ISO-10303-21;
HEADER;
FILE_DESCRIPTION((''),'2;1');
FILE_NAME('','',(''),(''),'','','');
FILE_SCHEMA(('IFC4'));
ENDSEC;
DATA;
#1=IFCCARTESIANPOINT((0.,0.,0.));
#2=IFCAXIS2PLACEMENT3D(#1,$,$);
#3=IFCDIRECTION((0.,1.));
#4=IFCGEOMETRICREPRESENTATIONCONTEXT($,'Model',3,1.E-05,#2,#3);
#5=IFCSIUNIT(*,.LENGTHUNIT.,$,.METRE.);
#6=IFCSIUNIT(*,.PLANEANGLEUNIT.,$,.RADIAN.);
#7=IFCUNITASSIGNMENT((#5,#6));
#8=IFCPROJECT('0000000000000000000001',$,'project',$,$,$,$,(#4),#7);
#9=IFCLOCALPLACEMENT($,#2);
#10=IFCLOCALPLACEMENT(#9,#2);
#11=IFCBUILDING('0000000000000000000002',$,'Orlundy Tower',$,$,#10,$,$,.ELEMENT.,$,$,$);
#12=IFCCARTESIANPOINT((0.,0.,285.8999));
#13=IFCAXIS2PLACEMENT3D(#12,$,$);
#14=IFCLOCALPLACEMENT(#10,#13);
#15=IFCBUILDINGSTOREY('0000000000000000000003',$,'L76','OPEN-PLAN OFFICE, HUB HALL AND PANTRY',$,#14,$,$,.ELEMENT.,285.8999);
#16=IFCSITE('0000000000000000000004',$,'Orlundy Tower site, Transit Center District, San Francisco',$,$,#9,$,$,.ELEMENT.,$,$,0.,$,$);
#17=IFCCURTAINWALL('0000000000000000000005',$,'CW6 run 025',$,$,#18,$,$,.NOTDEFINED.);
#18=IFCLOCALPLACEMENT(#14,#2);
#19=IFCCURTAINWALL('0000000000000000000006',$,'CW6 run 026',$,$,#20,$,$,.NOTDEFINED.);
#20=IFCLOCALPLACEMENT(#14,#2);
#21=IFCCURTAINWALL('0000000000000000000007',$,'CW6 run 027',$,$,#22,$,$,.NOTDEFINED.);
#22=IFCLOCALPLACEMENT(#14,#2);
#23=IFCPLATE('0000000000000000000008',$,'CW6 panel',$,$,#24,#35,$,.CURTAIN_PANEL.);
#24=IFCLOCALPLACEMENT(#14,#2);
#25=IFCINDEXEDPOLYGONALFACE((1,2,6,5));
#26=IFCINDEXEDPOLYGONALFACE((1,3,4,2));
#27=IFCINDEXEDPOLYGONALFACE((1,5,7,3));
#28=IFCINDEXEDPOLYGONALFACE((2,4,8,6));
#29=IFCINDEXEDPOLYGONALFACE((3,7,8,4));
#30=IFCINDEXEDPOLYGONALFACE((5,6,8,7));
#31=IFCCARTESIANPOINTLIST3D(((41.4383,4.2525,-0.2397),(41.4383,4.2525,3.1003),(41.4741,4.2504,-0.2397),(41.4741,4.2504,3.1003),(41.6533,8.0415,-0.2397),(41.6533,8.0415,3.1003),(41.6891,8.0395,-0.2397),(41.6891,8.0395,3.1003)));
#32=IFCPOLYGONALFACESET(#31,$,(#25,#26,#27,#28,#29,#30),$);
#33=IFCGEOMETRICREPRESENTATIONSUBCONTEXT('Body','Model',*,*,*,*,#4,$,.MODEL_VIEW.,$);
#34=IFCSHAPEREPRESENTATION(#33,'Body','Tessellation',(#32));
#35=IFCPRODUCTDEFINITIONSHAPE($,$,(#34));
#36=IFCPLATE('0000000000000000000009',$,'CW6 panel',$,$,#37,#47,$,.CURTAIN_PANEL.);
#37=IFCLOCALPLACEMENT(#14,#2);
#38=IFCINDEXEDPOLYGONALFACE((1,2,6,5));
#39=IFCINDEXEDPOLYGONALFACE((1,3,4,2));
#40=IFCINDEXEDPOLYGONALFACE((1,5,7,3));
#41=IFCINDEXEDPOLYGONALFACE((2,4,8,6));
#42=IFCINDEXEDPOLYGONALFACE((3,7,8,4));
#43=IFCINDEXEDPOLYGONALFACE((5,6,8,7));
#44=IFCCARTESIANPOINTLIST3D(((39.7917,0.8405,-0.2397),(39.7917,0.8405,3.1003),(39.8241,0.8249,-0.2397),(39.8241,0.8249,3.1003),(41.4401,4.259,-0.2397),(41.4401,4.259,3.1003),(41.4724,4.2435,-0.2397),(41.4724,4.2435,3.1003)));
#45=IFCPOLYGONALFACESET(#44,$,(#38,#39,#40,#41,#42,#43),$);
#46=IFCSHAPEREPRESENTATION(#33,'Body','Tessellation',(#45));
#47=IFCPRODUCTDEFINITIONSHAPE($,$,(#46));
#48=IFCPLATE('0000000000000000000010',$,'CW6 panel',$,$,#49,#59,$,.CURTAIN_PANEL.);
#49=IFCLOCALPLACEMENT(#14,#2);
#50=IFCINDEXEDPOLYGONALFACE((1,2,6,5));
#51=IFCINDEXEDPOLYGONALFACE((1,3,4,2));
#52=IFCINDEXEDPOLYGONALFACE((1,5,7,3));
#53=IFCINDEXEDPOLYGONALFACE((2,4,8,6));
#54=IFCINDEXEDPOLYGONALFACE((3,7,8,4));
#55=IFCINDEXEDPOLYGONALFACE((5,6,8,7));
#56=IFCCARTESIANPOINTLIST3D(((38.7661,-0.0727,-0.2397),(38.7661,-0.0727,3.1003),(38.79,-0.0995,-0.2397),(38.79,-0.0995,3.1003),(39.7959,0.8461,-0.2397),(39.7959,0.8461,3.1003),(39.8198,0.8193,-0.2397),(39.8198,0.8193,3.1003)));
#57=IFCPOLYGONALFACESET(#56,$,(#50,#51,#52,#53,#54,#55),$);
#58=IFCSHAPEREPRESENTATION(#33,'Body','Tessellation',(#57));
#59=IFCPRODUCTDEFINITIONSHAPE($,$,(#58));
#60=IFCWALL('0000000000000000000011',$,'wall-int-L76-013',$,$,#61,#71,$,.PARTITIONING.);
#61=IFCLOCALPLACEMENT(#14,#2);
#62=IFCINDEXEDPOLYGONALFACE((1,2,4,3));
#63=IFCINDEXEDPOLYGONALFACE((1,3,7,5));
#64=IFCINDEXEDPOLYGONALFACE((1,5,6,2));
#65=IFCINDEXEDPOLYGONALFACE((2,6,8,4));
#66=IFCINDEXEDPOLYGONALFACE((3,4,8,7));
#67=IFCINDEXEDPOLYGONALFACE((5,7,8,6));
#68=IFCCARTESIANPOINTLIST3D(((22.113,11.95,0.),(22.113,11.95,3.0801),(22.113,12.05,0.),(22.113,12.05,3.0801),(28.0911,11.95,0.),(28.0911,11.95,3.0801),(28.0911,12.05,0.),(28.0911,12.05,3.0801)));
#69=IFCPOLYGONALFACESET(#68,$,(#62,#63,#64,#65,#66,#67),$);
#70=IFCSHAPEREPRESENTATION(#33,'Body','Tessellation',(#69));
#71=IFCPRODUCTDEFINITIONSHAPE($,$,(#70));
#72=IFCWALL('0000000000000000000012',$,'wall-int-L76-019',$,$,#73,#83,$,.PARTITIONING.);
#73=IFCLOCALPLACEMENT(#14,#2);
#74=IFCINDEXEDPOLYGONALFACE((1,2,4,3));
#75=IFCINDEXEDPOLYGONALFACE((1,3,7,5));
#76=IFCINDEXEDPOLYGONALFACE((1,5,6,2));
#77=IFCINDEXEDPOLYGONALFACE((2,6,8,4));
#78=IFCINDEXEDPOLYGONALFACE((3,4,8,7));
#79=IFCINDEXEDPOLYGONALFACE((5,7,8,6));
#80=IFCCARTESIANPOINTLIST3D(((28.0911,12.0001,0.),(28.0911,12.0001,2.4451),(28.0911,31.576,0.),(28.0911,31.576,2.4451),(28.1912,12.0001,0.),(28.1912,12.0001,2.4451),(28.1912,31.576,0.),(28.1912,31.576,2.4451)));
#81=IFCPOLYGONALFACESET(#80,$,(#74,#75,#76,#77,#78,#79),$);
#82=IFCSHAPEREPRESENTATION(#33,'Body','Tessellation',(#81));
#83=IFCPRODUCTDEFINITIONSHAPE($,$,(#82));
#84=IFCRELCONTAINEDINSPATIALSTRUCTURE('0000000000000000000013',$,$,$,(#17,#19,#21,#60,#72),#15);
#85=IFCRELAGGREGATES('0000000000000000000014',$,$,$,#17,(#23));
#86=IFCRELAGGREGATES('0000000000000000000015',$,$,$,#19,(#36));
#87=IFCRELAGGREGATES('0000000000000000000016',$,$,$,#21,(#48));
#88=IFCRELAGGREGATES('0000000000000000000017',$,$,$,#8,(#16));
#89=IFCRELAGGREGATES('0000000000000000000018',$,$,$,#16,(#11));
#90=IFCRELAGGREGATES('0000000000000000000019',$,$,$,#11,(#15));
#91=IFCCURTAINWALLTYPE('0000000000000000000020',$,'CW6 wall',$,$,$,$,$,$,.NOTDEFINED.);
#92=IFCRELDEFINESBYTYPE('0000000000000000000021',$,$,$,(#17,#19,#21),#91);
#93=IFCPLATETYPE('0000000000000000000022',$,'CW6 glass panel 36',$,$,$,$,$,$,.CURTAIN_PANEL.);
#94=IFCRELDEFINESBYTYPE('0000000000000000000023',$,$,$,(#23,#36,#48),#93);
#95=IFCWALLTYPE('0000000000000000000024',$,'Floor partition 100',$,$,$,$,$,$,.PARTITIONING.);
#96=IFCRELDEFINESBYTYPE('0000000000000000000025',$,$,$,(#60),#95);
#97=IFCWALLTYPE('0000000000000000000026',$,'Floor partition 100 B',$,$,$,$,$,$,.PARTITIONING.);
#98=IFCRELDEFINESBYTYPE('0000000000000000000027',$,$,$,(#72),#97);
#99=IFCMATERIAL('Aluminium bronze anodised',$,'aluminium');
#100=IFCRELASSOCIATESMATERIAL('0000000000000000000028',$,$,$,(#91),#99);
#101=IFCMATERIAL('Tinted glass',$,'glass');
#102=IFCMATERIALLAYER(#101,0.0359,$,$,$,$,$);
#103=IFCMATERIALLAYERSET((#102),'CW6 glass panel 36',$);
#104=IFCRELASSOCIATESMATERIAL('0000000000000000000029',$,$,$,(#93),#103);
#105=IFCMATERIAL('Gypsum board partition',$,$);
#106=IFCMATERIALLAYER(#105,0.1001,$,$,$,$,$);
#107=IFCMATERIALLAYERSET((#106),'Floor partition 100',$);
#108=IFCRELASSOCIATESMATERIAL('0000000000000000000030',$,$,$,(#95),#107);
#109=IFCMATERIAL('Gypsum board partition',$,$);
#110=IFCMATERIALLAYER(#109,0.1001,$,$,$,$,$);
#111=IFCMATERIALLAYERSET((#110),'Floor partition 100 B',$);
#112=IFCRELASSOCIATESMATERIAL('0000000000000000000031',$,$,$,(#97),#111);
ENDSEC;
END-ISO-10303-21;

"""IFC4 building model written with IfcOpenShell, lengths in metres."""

from ifc_helpers import new_model, si_unit, direction, frame, frame_2d, origin, origin_2d, place, context, subcontext, project, spatial, rectangle, extrude, material, layer, layer_set, type_object, element, aggregate, save


model = new_model("IFC4")

# Units and contexts
model_context = context("Model", 3, precision=1e-05, world=origin(), true_north=direction((0.0, 1.0)))
body_context = subcontext(model_context, "Body", "Model", "MODEL_VIEW")
ifc_project = project(units=[si_unit("LENGTHUNIT", "METRE"), si_unit("PLANEANGLEUNIT", "RADIAN")], contexts=[model_context])

# Site, building, storey
site_placement = place(None, origin())
site = spatial("IfcSite", under=ifc_project, at=site_placement, Name="Orlundy Tower site, Transit Center District, San Francisco", CompositionType="ELEMENT", RefElevation=0.0)
building_placement = place(site_placement, origin())
building = spatial("IfcBuilding", under=site, at=building_placement, Name="Orlundy Tower", CompositionType="ELEMENT")
storey_placement = place(building_placement, frame((0.0, 0.0, 285.8999)))
storey = spatial("IfcBuildingStorey", under=building, at=storey_placement, Name="L76", Description="OPEN-PLAN OFFICE, HUB HALL AND PANTRY", CompositionType="ELEMENT", Elevation=285.8999)

# Curtain walls
ifc_material_1 = material(Name="Aluminium bronze anodised", Category="aluminium")
curtain_wall_type = type_object("IfcCurtainWallType", Name="CW6 wall", PredefinedType="NOTDEFINED", material=ifc_material_1)
curtain_wall_1_placement = place(storey_placement, origin())
curtain_wall_1 = element("IfcCurtainWall", 1, at=curtain_wall_1_placement, inside=storey, type_object=curtain_wall_type, Name="CW6 run 025", PredefinedType="NOTDEFINED")
curtain_wall_2_placement = place(storey_placement, origin())
curtain_wall_2 = element("IfcCurtainWall", 2, at=curtain_wall_2_placement, inside=storey, type_object=curtain_wall_type, Name="CW6 run 026", PredefinedType="NOTDEFINED")
curtain_wall_3_placement = place(storey_placement, origin())
curtain_wall_3 = element("IfcCurtainWall", 3, at=curtain_wall_3_placement, inside=storey, type_object=curtain_wall_type, Name="CW6 run 027", PredefinedType="NOTDEFINED")

# Plates
ifc_material_2 = material(Name="Tinted glass", Category="glass")
ifc_layer_1 = layer(ifc_material_2, 0.0359)
ifc_layer_set_1 = layer_set([ifc_layer_1], Name="CW6 glass panel 36")
plate_type = type_object("IfcPlateType", Name="CW6 glass panel 36", PredefinedType="CURTAIN_PANEL", material=ifc_layer_set_1)
plate_1_placement = place(storey_placement, frame((41.5637, 6.146, -0.2397), z_axis=(0.0, 0.0, 1.0), x_axis=(-0.05665, -0.998394, 0.0)))
plate_1 = element("IfcPlate", 4, at=plate_1_placement, type_object=plate_type, Name="CW6 panel", PredefinedType="CURTAIN_PANEL", context=body_context, shape_type="SweptSolid", body=[
    extrude(rectangle(XDim=3.7952, YDim=0.0359, at=origin_2d()), origin(), (0.0, 0.0, 1.0), 3.3401),
])
aggregate(curtain_wall_1, [plate_1])
plate_2_placement = place(storey_placement, frame((40.6321, 2.542, -0.2397), z_axis=(0.0, 0.0, 1.0), x_axis=(-0.434327, -0.900755, 0.0)))
plate_2 = element("IfcPlate", 5, at=plate_2_placement, type_object=plate_type, Name="CW6 panel", PredefinedType="CURTAIN_PANEL", context=body_context, shape_type="SweptSolid", body=[
    extrude(rectangle(XDim=3.7952, YDim=0.0359, at=origin_2d()), origin(), (0.0, 0.0, 1.0), 3.3401),
])
aggregate(curtain_wall_2, [plate_2])
plate_3_placement = place(storey_placement, frame((39.293, 0.3733, -0.2397), z_axis=(0.0, 0.0, 1.0), x_axis=(-0.746158, -0.665769, 0.0)))
plate_3 = element("IfcPlate", 6, at=plate_3_placement, type_object=plate_type, Name="CW6 panel", PredefinedType="CURTAIN_PANEL", context=body_context, shape_type="SweptSolid", body=[
    extrude(rectangle(XDim=1.3801, YDim=0.0359, at=origin_2d()), origin(), (0.0, 0.0, 1.0), 3.3401),
])
aggregate(curtain_wall_3, [plate_3])

# Walls
ifc_material_3 = material(Name="Gypsum board partition")
ifc_layer_2 = layer(ifc_material_3, 0.1001)
ifc_layer_set_2 = layer_set([ifc_layer_2], Name="Floor partition 100")
wall_type_1 = type_object("IfcWallType", Name="Floor partition 100", PredefinedType="PARTITIONING", material=ifc_layer_set_2)
wall_1_placement = place(storey_placement, frame((22.113, 12.0, 0.0), z_axis=(0.0, 0.0, 1.0), x_axis=(1.0, 0.0, 0.0)))
element("IfcWall", 7, at=wall_1_placement, inside=storey, type_object=wall_type_1, Name="wall-int-L76-013", PredefinedType="PARTITIONING", context=body_context, shape_type="SweptSolid", body=[
    extrude(rectangle(XDim=5.978, YDim=0.1001, at=frame_2d((2.989, 0.0))), origin(), (0.0, 0.0, 1.0), 3.0801),
])
ifc_material_4 = material(Name="Gypsum board partition")
ifc_layer_3 = layer(ifc_material_4, 0.1001)
ifc_layer_set_3 = layer_set([ifc_layer_3], Name="Floor partition 100 B")
wall_type_2 = type_object("IfcWallType", Name="Floor partition 100 B", PredefinedType="PARTITIONING", material=ifc_layer_set_3)
wall_2_placement = place(storey_placement, frame((28.1411, 12.0, 0.0), z_axis=(0.0, 0.0, 1.0), x_axis=(0.0, 1.0, 0.0)))
element("IfcWall", 8, at=wall_2_placement, inside=storey, type_object=wall_type_2, Name="wall-int-L76-019", PredefinedType="PARTITIONING", context=body_context, shape_type="SweptSolid", body=[
    extrude(rectangle(XDim=19.5759, YDim=0.1001, at=frame_2d((9.7881, 0.0))), origin(), (0.0, 0.0, 1.0), 2.4451),
])

save(model, "model.ifc")
